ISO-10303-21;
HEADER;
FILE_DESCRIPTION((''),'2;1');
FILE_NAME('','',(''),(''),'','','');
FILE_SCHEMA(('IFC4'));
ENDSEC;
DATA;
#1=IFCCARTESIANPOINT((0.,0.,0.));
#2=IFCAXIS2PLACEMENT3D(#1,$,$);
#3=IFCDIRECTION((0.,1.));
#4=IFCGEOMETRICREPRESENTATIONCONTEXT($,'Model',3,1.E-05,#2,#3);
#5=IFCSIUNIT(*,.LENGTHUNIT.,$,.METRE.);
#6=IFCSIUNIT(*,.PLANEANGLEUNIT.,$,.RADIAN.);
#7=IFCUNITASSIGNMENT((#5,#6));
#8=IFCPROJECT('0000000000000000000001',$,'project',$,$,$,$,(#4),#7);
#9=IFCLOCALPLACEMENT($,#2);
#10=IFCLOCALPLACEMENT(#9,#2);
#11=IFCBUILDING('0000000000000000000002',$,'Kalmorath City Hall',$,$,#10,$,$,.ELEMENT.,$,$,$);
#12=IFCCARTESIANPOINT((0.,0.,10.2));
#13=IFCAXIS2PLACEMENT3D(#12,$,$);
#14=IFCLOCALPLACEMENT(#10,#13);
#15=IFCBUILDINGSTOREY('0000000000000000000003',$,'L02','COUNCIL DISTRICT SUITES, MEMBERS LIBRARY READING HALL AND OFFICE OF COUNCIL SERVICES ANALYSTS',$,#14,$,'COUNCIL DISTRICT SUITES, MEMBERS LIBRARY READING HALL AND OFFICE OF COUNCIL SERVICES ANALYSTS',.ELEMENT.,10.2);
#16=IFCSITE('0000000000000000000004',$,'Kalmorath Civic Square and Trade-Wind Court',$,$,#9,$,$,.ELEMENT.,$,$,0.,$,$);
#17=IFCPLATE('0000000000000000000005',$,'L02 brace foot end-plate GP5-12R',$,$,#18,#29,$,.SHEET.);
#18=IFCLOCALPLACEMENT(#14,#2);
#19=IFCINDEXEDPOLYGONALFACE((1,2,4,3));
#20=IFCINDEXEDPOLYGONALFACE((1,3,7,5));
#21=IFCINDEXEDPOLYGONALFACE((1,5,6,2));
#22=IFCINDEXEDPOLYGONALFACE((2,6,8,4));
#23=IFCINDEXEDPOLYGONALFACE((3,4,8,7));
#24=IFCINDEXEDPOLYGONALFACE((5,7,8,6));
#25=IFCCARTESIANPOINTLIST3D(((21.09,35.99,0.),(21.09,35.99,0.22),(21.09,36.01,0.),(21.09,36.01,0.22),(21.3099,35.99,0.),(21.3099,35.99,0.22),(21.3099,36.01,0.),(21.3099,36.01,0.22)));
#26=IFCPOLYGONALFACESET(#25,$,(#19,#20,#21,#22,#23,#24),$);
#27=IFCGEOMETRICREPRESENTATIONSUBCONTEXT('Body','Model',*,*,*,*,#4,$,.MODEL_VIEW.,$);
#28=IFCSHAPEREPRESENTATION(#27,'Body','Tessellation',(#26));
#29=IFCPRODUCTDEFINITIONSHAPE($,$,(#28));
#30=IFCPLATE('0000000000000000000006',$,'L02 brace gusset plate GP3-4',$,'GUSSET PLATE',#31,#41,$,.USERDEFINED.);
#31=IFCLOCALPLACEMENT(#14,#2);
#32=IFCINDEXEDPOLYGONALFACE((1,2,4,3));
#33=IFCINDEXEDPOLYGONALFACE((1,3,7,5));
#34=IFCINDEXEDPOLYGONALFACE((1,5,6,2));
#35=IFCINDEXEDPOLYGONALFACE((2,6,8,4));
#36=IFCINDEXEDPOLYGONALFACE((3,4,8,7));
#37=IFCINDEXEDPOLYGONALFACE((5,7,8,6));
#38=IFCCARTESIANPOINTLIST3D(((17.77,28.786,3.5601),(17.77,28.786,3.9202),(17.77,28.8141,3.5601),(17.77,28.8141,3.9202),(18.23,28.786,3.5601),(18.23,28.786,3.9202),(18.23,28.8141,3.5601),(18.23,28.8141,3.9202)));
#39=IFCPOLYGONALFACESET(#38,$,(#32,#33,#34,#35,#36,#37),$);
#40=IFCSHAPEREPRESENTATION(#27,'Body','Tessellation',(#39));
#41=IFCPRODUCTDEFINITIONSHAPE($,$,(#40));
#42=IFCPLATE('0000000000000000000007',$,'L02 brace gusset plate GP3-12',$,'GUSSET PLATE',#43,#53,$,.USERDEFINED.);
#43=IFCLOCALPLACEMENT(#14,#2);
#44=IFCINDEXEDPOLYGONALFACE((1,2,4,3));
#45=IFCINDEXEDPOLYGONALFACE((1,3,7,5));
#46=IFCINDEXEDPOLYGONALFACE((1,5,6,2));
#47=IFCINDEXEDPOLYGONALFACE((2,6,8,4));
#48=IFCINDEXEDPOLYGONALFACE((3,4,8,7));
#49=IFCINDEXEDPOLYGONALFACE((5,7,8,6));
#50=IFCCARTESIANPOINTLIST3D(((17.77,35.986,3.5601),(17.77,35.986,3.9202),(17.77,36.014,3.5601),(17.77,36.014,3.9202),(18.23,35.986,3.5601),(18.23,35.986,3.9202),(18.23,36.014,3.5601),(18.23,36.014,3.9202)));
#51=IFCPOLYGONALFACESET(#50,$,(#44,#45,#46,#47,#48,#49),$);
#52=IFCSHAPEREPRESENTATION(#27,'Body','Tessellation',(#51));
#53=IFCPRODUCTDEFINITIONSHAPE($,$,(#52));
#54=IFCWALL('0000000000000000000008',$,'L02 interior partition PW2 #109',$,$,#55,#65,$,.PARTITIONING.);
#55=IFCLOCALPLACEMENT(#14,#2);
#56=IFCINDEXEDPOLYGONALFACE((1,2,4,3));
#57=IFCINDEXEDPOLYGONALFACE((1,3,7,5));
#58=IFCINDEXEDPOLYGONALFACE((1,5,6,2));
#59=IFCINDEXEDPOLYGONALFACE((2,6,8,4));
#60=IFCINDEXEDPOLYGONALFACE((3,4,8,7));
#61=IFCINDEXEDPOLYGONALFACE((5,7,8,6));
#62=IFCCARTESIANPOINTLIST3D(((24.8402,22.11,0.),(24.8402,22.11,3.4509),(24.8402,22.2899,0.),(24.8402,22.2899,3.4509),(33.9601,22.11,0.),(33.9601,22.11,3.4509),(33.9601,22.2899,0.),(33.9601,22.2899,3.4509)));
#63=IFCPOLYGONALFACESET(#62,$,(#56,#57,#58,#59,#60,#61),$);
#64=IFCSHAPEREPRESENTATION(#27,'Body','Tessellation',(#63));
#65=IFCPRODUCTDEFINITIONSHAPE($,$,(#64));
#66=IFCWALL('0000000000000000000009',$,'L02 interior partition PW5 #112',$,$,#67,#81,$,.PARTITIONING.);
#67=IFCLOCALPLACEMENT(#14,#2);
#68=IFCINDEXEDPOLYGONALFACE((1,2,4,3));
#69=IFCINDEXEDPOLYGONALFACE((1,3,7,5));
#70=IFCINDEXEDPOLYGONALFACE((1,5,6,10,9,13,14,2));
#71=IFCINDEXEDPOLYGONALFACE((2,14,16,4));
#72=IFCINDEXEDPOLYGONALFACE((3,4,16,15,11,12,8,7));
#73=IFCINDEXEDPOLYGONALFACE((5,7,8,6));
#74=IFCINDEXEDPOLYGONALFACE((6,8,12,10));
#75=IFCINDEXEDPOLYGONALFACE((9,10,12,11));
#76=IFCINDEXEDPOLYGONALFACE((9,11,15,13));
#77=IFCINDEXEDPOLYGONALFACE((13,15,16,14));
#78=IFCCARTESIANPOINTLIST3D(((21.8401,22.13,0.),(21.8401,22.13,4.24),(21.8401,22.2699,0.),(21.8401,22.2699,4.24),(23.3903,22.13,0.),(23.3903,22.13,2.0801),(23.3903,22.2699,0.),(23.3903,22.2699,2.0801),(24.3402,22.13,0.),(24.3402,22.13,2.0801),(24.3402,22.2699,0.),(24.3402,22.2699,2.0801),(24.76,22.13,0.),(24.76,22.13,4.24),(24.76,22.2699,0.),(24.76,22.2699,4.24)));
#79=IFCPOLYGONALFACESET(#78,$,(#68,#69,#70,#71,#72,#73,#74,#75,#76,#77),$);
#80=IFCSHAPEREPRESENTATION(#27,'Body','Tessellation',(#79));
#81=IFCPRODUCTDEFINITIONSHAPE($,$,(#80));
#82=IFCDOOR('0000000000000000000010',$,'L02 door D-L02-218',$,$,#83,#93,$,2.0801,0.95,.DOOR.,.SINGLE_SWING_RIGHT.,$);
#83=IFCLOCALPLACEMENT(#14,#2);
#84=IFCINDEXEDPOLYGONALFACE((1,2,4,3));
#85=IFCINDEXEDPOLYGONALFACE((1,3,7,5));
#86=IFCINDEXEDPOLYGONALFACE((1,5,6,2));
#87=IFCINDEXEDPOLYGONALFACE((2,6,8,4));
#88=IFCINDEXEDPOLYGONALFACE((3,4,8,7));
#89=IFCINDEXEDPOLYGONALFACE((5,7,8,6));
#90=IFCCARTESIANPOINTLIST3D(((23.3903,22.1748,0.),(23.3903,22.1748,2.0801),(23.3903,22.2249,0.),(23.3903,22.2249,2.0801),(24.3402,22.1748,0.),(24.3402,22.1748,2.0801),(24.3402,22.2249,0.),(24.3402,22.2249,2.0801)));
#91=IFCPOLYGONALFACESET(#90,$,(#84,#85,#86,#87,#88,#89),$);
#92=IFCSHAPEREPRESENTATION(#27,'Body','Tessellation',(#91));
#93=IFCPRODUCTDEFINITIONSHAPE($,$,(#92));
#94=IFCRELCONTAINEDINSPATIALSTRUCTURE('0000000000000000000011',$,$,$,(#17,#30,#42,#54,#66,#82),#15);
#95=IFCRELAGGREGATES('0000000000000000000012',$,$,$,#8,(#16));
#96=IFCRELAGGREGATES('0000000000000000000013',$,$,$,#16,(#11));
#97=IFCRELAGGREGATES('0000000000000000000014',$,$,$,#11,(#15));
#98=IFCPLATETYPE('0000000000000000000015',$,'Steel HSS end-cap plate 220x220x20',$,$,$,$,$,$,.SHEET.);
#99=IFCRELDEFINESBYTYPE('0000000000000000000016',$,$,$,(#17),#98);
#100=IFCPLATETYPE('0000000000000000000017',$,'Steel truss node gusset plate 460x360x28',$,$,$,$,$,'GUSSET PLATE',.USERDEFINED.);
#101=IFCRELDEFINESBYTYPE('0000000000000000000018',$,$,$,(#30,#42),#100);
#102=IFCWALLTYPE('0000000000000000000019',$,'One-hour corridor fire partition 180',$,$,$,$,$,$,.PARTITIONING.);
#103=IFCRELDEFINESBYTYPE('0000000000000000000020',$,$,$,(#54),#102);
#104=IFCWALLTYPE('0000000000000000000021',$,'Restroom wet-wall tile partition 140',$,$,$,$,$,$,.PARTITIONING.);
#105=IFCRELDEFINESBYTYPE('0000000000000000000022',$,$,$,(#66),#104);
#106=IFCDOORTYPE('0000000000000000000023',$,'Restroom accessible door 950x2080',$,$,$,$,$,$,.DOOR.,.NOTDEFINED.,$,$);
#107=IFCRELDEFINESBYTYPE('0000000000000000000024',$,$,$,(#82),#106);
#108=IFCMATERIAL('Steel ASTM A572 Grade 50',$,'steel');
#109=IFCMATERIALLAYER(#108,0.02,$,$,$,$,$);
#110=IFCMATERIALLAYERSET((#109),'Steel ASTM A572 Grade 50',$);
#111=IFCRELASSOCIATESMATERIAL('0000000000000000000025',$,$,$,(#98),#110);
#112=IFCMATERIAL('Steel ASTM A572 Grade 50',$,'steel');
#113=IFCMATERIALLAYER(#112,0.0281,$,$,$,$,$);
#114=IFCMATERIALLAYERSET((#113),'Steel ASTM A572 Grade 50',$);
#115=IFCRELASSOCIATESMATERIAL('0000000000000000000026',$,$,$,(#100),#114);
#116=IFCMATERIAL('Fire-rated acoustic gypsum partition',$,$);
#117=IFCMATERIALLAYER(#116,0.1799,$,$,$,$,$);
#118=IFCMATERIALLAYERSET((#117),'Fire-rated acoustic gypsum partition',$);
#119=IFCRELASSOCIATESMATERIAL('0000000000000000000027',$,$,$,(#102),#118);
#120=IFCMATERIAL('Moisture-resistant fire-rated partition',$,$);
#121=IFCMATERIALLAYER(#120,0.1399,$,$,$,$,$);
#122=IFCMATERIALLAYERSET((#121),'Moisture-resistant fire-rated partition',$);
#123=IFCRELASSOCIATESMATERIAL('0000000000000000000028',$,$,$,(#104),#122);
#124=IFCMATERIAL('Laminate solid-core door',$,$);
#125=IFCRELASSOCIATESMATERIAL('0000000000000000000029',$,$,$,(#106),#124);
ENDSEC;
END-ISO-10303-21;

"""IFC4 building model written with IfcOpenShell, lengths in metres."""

from ifc_helpers import new_model, si_unit, direction, frame, frame_2d, origin, origin_2d, place, context, subcontext, project, spatial, rectangle, extrude, material, layer, layer_set, type_object, element, fill, save


model = new_model("IFC4")

# Units and contexts
model_context = context("Model", 3, precision=1e-05, world=origin(), true_north=direction((0.0, 1.0)))
body_context = subcontext(model_context, "Body", "Model", "MODEL_VIEW")
ifc_project = project(units=[si_unit("LENGTHUNIT", "METRE"), si_unit("PLANEANGLEUNIT", "RADIAN")], contexts=[model_context])

# Site, building, storey
site_placement = place(None, origin())
site = spatial("IfcSite", under=ifc_project, at=site_placement, Name="Kalmorath Civic Square and Trade-Wind Court", CompositionType="ELEMENT", RefElevation=0.0)
building_placement = place(site_placement, origin())
building = spatial("IfcBuilding", under=site, at=building_placement, Name="Kalmorath City Hall", CompositionType="ELEMENT")
storey_placement = place(building_placement, frame((0.0, 0.0, 10.2)))
storey = spatial("IfcBuildingStorey", under=building, at=storey_placement, Name="L02", Description="COUNCIL DISTRICT SUITES, MEMBERS LIBRARY READING HALL AND OFFICE OF COUNCIL SERVICES ANALYSTS", LongName="COUNCIL DISTRICT SUITES, MEMBERS LIBRARY READING HALL AND OFFICE OF COUNCIL SERVICES ANALYSTS", CompositionType="ELEMENT", Elevation=10.2)

# Plates
ifc_material_1 = material(Name="Steel ASTM A572 Grade 50", Category="steel")
ifc_layer_1 = layer(ifc_material_1, 0.02)
ifc_layer_set_1 = layer_set([ifc_layer_1], Name="Steel ASTM A572 Grade 50")
plate_type_1 = type_object("IfcPlateType", Name="Steel HSS end-cap plate 220x220x20", PredefinedType="SHEET", material=ifc_layer_set_1)
for number, where, z_axis, x_axis, name in (
    (1, (21.2, 36.0, 0.0), (0.0, 0.0, 1.0), (1.0, 0.0, 0.0), "L02 brace foot end-plate GP5-12R"),
):
    element("IfcPlate", number, at=place(storey_placement, frame(where, z_axis=z_axis, x_axis=x_axis)), inside=storey, type_object=plate_type_1, Name=name, PredefinedType="SHEET", context=body_context, shape_type="SweptSolid", body=[
        extrude(rectangle(XDim=0.22, YDim=0.02, at=origin_2d()), origin(), (0.0, 0.0, 1.0), 0.22),
    ])
ifc_material_2 = material(Name="Steel ASTM A572 Grade 50", Category="steel")
ifc_layer_2 = layer(ifc_material_2, 0.0281)
ifc_layer_set_2 = layer_set([ifc_layer_2], Name="Steel ASTM A572 Grade 50")
plate_type_2 = type_object("IfcPlateType", Name="Steel truss node gusset plate 460x360x28", ElementType="GUSSET PLATE", PredefinedType="USERDEFINED", material=ifc_layer_set_2)
for number, where, z_axis, x_axis, name in (
    (2, (18.0, 28.8, 3.5601), (0.0, 0.0, 1.0), (1.0, 0.0, 0.0), "L02 brace gusset plate GP3-4"),
    (3, (18.0, 36.0, 3.5601), (0.0, 0.0, 1.0), (1.0, 0.0, 0.0), "L02 brace gusset plate GP3-12"),
):
    element("IfcPlate", number, at=place(storey_placement, frame(where, z_axis=z_axis, x_axis=x_axis)), inside=storey, type_object=plate_type_2, Name=name, ObjectType="GUSSET PLATE", PredefinedType="USERDEFINED", context=body_context, shape_type="SweptSolid", body=[
        extrude(rectangle(XDim=0.46, YDim=0.0281, at=origin_2d()), origin(), (0.0, 0.0, 1.0), 0.3601),
    ])

# Wall
ifc_material_3 = material(Name="Fire-rated acoustic gypsum partition")
ifc_layer_3 = layer(ifc_material_3, 0.1799)
ifc_layer_set_3 = layer_set([ifc_layer_3], Name="Fire-rated acoustic gypsum partition")
wall_type_1 = type_object("IfcWallType", Name="One-hour corridor fire partition 180", PredefinedType="PARTITIONING", material=ifc_layer_set_3)
wall_1_placement = place(storey_placement, frame((24.8401, 22.2, 0.0), z_axis=(0.0, 0.0, 1.0), x_axis=(1.0, 0.0, 0.0)))
element("IfcWall", 4, at=wall_1_placement, inside=storey, type_object=wall_type_1, Name="L02 interior partition PW2 #109", PredefinedType="PARTITIONING", context=body_context, shape_type="SweptSolid", body=[
    extrude(rectangle(XDim=9.1199, YDim=0.1799, at=frame_2d((4.5601, 0.0))), origin(), (0.0, 0.0, 1.0), 3.4509),
])

# Wall, opening, door
ifc_material_4 = material(Name="Moisture-resistant fire-rated partition")
ifc_layer_4 = layer(ifc_material_4, 0.1399)
ifc_layer_set_4 = layer_set([ifc_layer_4], Name="Moisture-resistant fire-rated partition")
wall_type_2 = type_object("IfcWallType", Name="Restroom wet-wall tile partition 140", PredefinedType="PARTITIONING", material=ifc_layer_set_4)
wall_2_placement = place(storey_placement, frame((21.8401, 22.2, 0.0), z_axis=(0.0, 0.0, 1.0), x_axis=(1.0, 0.0, 0.0)))
wall_2 = element("IfcWall", 5, at=wall_2_placement, inside=storey, type_object=wall_type_2, Name="L02 interior partition PW5 #112", PredefinedType="PARTITIONING", context=body_context, shape_type="SweptSolid", body=[
    extrude(rectangle(XDim=2.9199, YDim=0.1399, at=frame_2d((1.46, 0.0))), origin(), (0.0, 0.0, 1.0), 4.24),
])
opening_placement = place(wall_2_placement, frame((1.55, 0.0, 0.0)))
opening = element("IfcOpeningElement", 6, at=opening_placement, cuts=wall_2, PredefinedType="OPENING", context=body_context, shape_type="SweptSolid", body=[
    extrude(rectangle(XDim=0.95, YDim=2.0801, at=frame_2d((0.4751, 1.04))), frame((0.0, 0.0798, 0.0), z_axis=(0.0, -1.0, 0.0), x_axis=(1.0, 0.0, 0.0)), (0.0, 0.0, 1.0), 0.1599),
])
ifc_material_5 = material(Name="Laminate solid-core door")
door_type = type_object("IfcDoorType", Name="Restroom accessible door 950x2080", OperationType="NOTDEFINED", PredefinedType="DOOR", material=ifc_material_5)
door_placement = place(opening_placement, origin())
door = element("IfcDoor", 7, at=door_placement, inside=storey, type_object=door_type, Name="L02 door D-L02-218", OperationType="SINGLE_SWING_RIGHT", OverallHeight=2.0801, OverallWidth=0.95, PredefinedType="DOOR", context=body_context, shape_type="SweptSolid", body=[
    extrude(rectangle(XDim=0.95, YDim=2.0801, at=frame_2d((0.4751, 1.04))), frame((0.0, 0.0249, 0.0), z_axis=(0.0, -1.0, 0.0), x_axis=(1.0, 0.0, 0.0)), (0.0, 0.0, 1.0), 0.05),
])
fill(opening, door)

save(model, "model.ifc")
